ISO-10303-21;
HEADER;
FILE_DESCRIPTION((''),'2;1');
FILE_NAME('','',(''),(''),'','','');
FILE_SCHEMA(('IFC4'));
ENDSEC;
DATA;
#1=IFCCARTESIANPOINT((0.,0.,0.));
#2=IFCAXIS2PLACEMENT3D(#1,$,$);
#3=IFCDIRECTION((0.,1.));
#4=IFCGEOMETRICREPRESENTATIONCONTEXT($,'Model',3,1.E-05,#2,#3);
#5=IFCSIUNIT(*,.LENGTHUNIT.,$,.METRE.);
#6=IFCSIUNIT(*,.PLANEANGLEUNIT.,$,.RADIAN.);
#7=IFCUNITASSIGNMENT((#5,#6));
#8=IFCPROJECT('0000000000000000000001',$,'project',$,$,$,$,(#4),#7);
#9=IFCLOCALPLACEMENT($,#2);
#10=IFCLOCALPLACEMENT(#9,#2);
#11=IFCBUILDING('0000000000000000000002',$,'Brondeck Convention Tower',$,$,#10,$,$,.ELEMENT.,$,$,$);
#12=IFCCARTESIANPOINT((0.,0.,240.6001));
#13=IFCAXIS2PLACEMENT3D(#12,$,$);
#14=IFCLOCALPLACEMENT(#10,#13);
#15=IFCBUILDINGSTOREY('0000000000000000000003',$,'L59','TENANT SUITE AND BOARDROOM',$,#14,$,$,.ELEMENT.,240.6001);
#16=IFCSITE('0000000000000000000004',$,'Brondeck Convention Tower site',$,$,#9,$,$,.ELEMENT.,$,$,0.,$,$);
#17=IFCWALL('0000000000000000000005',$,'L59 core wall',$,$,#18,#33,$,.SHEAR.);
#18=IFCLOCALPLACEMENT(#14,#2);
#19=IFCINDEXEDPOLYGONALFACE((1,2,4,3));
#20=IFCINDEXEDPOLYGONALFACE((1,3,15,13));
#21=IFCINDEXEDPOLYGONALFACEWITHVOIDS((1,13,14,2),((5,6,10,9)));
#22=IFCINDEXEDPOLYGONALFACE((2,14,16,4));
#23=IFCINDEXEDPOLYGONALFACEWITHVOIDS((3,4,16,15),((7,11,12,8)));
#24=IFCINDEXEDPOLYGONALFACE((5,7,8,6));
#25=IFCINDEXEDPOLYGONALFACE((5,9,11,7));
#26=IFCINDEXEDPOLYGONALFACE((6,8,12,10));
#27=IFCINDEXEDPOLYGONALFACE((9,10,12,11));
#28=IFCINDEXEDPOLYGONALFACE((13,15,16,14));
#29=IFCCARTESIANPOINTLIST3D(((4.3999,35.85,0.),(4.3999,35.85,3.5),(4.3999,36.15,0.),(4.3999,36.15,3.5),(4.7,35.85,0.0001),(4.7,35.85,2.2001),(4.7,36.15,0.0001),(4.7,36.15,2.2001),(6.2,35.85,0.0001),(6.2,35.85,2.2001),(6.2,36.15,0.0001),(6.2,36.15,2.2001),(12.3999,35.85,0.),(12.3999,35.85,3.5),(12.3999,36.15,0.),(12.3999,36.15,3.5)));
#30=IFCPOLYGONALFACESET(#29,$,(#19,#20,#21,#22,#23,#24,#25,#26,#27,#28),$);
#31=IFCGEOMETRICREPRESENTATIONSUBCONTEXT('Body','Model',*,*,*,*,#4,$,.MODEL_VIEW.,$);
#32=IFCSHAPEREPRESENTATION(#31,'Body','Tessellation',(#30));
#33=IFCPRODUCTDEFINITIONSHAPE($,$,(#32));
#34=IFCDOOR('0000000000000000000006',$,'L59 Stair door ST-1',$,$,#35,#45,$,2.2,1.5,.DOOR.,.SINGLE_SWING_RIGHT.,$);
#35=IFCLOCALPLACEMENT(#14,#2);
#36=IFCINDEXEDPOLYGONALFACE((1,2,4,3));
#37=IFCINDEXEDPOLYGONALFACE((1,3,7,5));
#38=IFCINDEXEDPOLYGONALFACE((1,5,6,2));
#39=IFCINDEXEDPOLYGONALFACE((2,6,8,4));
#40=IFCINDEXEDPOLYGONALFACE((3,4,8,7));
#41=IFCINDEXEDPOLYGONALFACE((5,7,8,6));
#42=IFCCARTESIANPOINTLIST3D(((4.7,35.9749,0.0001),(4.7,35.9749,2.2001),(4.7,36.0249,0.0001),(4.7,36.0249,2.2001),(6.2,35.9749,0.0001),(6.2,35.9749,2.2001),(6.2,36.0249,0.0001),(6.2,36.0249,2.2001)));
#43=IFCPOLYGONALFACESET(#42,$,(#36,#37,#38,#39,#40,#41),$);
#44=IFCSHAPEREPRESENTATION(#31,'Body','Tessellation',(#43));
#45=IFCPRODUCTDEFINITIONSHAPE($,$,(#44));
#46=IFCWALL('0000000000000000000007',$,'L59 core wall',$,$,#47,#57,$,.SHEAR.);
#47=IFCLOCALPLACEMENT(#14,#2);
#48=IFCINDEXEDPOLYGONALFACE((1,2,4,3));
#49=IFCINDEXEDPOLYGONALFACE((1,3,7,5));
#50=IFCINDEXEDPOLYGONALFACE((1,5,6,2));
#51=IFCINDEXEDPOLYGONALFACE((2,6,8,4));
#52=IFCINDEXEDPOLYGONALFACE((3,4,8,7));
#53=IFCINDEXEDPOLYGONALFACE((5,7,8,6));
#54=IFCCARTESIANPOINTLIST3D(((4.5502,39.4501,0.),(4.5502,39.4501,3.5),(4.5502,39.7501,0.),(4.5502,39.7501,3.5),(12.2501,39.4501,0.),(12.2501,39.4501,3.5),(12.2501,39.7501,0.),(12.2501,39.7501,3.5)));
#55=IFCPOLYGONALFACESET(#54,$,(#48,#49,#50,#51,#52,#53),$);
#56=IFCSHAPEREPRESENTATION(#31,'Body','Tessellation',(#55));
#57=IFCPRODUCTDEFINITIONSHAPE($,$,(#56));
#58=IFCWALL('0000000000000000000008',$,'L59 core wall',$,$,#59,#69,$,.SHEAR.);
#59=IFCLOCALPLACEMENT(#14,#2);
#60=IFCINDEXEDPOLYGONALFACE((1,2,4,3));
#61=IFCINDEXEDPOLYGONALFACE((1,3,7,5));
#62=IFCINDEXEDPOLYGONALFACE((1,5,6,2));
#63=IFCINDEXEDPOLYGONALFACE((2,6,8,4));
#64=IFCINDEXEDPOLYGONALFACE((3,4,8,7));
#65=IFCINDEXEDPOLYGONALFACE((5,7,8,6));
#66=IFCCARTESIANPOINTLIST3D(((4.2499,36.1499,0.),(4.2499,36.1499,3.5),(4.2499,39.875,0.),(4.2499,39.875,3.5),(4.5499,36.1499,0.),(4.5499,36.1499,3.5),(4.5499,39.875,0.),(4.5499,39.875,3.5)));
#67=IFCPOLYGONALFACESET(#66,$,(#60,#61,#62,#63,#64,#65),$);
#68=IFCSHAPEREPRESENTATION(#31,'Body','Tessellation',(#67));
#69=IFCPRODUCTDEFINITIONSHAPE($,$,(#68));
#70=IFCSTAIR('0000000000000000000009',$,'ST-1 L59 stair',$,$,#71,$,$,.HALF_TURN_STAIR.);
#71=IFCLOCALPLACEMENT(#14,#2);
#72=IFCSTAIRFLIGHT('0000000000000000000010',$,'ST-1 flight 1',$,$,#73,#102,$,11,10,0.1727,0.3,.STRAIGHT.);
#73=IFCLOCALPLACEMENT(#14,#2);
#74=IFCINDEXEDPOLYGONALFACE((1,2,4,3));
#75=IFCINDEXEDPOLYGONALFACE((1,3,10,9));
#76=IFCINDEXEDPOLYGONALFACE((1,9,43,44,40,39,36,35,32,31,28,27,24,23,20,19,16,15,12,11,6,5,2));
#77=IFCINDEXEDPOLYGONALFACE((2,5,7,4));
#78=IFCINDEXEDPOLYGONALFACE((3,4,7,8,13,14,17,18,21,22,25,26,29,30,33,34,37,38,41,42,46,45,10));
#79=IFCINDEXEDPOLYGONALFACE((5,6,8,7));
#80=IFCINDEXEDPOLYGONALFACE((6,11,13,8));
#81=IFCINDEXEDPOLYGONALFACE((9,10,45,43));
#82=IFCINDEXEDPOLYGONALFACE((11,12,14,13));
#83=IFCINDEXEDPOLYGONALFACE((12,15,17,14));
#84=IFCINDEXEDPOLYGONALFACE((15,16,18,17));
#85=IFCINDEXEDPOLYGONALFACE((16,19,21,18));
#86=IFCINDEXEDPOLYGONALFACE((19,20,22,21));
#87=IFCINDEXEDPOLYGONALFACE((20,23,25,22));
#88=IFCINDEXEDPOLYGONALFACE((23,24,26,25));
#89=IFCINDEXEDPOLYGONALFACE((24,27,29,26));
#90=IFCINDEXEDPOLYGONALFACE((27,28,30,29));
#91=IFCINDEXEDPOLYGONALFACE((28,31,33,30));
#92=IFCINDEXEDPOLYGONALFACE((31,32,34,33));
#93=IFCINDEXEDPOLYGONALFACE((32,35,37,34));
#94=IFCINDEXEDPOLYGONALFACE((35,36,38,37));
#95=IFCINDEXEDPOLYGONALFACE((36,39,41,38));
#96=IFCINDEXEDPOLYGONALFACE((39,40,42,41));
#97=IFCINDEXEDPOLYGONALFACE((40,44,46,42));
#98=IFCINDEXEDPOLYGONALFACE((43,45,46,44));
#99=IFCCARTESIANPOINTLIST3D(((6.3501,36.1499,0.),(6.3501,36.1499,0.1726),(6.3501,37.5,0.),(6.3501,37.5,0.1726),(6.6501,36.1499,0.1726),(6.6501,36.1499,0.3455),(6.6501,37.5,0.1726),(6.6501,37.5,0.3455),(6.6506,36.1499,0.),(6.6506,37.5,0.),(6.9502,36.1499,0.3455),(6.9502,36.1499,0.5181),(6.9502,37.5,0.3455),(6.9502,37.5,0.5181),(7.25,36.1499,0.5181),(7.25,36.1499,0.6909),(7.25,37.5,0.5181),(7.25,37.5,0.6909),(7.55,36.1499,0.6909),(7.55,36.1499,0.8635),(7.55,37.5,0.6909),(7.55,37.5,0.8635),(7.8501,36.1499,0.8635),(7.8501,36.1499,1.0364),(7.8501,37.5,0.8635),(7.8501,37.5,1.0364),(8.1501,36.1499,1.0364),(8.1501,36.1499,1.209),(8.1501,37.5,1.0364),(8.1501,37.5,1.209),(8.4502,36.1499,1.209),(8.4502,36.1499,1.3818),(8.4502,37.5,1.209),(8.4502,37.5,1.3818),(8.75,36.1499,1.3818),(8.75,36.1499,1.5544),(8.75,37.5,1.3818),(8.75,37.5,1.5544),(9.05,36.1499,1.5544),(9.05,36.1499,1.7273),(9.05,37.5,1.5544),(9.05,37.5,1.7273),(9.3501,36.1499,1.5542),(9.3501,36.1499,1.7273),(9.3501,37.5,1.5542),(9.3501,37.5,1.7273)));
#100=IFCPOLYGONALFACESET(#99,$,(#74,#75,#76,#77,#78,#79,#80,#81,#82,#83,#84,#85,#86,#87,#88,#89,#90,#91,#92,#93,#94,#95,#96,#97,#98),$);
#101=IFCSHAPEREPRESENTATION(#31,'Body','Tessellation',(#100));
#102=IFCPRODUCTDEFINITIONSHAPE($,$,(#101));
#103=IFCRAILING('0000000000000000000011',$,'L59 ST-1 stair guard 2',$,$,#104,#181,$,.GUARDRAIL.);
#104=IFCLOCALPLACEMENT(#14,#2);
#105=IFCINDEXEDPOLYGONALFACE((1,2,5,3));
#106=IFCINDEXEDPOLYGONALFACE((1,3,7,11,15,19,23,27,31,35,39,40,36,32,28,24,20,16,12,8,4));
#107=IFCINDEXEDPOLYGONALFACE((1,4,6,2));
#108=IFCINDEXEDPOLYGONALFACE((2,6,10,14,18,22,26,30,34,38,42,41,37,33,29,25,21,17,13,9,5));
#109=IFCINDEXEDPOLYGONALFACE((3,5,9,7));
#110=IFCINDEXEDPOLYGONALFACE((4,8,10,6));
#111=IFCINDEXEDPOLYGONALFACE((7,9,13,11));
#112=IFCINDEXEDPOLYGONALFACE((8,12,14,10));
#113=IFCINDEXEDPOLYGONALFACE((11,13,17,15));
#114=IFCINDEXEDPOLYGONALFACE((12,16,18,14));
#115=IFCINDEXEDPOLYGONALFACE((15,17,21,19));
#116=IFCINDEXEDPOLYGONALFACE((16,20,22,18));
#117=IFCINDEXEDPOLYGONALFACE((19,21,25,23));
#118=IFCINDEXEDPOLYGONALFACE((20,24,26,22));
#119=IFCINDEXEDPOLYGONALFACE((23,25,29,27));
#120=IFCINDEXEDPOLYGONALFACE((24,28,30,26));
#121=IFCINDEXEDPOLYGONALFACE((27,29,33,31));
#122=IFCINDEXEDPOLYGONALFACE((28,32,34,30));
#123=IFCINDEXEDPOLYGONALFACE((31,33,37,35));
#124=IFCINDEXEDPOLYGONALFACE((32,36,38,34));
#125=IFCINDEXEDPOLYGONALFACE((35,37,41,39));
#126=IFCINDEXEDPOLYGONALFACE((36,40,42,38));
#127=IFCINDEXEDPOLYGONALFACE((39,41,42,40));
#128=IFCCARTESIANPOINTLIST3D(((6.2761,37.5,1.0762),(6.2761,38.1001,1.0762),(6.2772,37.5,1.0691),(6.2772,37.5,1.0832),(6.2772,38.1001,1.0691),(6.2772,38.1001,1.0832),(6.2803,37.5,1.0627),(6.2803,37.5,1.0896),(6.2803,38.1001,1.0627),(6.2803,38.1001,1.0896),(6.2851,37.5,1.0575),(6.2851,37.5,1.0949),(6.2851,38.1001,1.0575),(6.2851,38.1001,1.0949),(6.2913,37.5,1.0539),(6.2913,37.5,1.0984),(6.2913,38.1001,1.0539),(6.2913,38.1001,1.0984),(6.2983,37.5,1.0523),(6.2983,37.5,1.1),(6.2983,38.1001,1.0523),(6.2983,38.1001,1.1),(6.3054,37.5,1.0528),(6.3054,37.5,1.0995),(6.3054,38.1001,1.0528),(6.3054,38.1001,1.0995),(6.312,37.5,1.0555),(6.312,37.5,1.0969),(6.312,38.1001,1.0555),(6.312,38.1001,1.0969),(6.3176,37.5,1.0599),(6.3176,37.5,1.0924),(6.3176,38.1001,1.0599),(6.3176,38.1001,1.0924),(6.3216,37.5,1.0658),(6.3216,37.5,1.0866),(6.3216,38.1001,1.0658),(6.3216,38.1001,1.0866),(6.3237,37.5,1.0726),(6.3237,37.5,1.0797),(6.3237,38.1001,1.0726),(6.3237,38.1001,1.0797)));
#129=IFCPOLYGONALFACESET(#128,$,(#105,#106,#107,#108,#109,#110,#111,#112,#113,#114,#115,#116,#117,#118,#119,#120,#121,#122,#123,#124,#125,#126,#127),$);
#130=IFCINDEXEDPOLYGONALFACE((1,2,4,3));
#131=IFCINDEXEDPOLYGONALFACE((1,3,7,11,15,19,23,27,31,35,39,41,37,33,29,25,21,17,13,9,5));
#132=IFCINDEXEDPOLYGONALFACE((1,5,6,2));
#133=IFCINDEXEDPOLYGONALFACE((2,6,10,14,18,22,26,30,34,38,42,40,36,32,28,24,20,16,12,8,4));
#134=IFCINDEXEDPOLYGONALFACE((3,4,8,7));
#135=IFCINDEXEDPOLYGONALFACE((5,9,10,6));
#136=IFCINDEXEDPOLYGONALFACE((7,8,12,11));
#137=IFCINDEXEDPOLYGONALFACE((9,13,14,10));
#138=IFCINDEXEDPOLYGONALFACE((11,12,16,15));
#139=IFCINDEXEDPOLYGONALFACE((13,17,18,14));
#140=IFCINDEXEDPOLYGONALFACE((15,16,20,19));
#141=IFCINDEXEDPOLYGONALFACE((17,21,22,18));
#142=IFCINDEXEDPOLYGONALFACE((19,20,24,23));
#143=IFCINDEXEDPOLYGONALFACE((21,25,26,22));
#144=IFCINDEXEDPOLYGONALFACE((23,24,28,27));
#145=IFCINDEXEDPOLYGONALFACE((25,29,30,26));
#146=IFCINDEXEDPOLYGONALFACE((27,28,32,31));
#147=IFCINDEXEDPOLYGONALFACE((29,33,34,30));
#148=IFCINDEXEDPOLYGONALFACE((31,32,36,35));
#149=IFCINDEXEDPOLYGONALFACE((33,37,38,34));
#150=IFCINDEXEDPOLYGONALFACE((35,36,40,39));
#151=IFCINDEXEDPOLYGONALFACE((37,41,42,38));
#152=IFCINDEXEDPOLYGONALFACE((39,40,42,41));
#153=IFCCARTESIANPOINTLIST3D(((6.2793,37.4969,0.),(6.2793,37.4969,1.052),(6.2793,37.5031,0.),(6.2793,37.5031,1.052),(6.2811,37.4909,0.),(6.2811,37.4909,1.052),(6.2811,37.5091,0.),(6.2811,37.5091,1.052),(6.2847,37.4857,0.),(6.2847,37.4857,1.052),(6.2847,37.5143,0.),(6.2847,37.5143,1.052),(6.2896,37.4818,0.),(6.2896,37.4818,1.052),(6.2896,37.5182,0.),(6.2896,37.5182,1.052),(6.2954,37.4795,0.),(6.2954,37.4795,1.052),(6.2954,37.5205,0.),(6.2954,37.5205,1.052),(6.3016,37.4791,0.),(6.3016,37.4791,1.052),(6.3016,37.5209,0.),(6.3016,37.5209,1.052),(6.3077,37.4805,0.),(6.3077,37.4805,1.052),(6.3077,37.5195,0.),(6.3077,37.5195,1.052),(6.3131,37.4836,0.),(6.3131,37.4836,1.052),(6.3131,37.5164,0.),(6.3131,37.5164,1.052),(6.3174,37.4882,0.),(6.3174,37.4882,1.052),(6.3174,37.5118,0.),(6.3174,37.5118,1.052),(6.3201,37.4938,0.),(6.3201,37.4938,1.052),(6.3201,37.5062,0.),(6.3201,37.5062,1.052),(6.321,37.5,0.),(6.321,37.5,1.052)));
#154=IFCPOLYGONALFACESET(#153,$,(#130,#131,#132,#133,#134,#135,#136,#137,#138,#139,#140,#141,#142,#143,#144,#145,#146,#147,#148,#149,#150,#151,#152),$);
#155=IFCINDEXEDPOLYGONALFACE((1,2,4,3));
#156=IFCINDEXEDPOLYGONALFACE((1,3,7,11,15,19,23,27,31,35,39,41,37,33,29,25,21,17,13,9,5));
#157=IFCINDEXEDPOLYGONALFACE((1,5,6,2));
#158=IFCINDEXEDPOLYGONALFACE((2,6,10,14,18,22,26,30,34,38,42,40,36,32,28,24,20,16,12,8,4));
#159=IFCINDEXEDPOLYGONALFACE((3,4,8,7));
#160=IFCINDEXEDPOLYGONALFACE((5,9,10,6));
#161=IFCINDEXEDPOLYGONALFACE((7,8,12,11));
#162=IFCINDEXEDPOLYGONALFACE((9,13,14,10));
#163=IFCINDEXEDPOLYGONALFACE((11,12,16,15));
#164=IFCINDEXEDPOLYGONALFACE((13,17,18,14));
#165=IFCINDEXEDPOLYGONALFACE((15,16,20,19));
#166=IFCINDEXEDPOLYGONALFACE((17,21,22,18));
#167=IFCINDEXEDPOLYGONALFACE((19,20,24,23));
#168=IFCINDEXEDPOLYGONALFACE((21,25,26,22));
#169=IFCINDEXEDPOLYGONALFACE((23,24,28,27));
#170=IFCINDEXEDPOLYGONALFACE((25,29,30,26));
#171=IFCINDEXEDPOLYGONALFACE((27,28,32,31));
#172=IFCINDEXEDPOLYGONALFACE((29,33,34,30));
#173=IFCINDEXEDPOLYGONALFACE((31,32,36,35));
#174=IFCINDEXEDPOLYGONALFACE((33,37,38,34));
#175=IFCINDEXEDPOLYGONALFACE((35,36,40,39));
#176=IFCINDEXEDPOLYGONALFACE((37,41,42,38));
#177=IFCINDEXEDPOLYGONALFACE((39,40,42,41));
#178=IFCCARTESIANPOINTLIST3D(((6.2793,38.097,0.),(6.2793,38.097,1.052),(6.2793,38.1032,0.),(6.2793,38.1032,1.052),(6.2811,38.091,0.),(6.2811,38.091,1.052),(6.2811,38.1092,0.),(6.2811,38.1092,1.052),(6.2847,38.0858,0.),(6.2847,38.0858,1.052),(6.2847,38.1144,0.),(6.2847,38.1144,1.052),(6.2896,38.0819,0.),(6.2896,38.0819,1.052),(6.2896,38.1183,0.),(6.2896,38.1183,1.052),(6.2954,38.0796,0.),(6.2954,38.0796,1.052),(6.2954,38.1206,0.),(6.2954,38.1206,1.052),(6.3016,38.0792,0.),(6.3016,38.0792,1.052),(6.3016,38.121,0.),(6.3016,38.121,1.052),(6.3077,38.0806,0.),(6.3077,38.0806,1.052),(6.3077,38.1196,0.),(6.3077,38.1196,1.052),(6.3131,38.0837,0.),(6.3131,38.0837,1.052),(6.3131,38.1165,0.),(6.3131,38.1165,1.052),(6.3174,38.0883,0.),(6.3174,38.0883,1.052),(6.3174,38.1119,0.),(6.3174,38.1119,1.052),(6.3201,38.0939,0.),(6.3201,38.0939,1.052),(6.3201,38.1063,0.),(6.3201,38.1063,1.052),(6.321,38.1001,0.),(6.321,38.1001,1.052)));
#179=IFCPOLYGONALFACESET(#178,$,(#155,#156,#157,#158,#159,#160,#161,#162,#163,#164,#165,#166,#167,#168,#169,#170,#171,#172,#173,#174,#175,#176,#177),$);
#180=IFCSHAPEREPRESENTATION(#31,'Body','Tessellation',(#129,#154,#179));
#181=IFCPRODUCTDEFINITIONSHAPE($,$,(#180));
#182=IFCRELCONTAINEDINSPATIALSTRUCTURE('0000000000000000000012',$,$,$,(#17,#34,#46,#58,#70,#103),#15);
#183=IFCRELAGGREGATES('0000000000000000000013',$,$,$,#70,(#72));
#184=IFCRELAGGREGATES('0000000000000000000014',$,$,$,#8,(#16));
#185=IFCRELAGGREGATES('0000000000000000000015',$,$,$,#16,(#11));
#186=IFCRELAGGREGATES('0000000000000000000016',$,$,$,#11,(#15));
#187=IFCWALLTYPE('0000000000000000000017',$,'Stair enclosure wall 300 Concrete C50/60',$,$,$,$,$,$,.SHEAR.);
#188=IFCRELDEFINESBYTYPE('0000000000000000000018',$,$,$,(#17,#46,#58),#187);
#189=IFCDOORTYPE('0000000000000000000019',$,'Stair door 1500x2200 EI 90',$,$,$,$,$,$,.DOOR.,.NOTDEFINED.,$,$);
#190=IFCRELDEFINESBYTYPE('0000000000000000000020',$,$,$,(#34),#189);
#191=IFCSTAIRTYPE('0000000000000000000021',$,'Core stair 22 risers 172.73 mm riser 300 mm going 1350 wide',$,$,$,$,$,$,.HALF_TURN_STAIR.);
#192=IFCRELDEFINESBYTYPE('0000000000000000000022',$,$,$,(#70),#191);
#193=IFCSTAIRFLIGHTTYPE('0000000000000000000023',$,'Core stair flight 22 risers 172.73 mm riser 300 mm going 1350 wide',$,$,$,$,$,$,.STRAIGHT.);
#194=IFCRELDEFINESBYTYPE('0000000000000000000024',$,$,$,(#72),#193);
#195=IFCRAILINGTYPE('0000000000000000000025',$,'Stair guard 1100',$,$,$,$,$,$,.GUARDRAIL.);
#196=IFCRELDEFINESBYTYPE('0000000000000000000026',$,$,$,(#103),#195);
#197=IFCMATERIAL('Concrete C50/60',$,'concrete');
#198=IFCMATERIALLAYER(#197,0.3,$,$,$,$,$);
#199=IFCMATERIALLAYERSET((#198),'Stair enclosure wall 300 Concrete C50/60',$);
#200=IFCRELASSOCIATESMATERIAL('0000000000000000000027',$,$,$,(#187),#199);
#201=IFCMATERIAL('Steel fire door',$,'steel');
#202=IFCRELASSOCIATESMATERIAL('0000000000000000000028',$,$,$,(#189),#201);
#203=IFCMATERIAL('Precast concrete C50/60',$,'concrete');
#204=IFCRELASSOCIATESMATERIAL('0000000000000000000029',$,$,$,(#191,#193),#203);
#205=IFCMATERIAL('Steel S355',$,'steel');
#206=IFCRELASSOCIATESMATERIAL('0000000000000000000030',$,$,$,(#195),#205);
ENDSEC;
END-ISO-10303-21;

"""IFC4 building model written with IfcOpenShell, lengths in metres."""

from ifc_helpers import new_model, si_unit, direction, frame, frame_2d, origin, origin_2d, place, context, subcontext, project, spatial, polyline, rectangle, circle, outline, extrude, material, layer, layer_set, type_object, element, fill, aggregate, save


model = new_model("IFC4")

# Units and contexts
model_context = context("Model", 3, precision=1e-05, world=origin(), true_north=direction((0.0, 1.0)))
body_context = subcontext(model_context, "Body", "Model", "MODEL_VIEW")
ifc_project = project(units=[si_unit("LENGTHUNIT", "METRE"), si_unit("PLANEANGLEUNIT", "RADIAN")], contexts=[model_context])

# Site, building, storey
site_placement = place(None, origin())
site = spatial("IfcSite", under=ifc_project, at=site_placement, Name="Brondeck Convention Tower site", CompositionType="ELEMENT", RefElevation=0.0)
building_placement = place(site_placement, origin())
building = spatial("IfcBuilding", under=site, at=building_placement, Name="Brondeck Convention Tower", CompositionType="ELEMENT")
storey_placement = place(building_placement, frame((0.0, 0.0, 240.6001)))
storey = spatial("IfcBuildingStorey", under=building, at=storey_placement, Name="L59", Description="TENANT SUITE AND BOARDROOM", CompositionType="ELEMENT", Elevation=240.6001)

# Shared definitions
ifc_material_1 = material(Name="Concrete C50/60", Category="concrete")

# Shared definitions
ifc_material_2 = material(Name="Steel fire door", Category="steel")

# Wall, opening, door
ifc_layer_1 = layer(ifc_material_1, 0.3)
ifc_layer_set_1 = layer_set([ifc_layer_1], Name="Stair enclosure wall 300 Concrete C50/60")
wall_type_1 = type_object("IfcWallType", Name="Stair enclosure wall 300 Concrete C50/60", PredefinedType="SHEAR", material=ifc_layer_set_1)
wall_1_placement = place(storey_placement, frame((4.3999, 36.0, 0.0), z_axis=(0.0, 0.0, 1.0), x_axis=(1.0, 0.0, 0.0)))
wall_1 = element("IfcWall", 1, at=wall_1_placement, inside=storey, type_object=wall_type_1, Name="L59 core wall", PredefinedType="SHEAR", context=body_context, shape_type="SweptSolid", body=[
    extrude(rectangle(XDim=8.0, YDim=0.3, at=frame_2d((4.0, 0.0))), origin(), (0.0, 0.0, 1.0), 3.5),
])
opening_1_placement = place(wall_1_placement, frame((0.3, 0.0, 0.0)))
opening_1 = element("IfcOpeningElement", 2, at=opening_1_placement, cuts=wall_1, PredefinedType="OPENING", context=body_context, shape_type="SweptSolid", body=[
    extrude(rectangle(XDim=1.5, YDim=2.2, at=frame_2d((0.75, 1.1001))), frame((0.0, 0.1599, 0.0), z_axis=(0.0, -1.0, 0.0), x_axis=(1.0, 0.0, 0.0)), (0.0, 0.0, 1.0), 0.3201),
])
door_type_1 = type_object("IfcDoorType", Name="Stair door 1500x2200 EI 90", OperationType="NOTDEFINED", PredefinedType="DOOR", material=ifc_material_2)
door_1_placement = place(opening_1_placement, origin())
door_1 = element("IfcDoor", 3, at=door_1_placement, inside=storey, type_object=door_type_1, Name="L59 Stair door ST-1", OperationType="SINGLE_SWING_RIGHT", OverallHeight=2.2, OverallWidth=1.5, PredefinedType="DOOR", context=body_context, shape_type="SweptSolid", body=[
    extrude(rectangle(XDim=1.5, YDim=2.2, at=frame_2d((0.75, 1.1001))), frame((0.0, 0.0249, 0.0), z_axis=(0.0, -1.0, 0.0), x_axis=(1.0, 0.0, 0.0)), (0.0, 0.0, 1.0), 0.05),
])
fill(opening_1, door_1)

# Walls
wall_2_placement = place(storey_placement, frame((4.55, 39.6001, 0.0), z_axis=(0.0, 0.0, 1.0), x_axis=(1.0, 0.0, 0.0)))
element("IfcWall", 4, at=wall_2_placement, inside=storey, type_object=wall_type_1, Name="L59 core wall", PredefinedType="SHEAR", context=body_context, shape_type="SweptSolid", body=[
    extrude(rectangle(XDim=7.7, YDim=0.3, at=frame_2d((3.8501, 0.0))), origin(), (0.0, 0.0, 1.0), 3.5),
])
wall_3_placement = place(storey_placement, frame((4.3999, 36.1499, 0.0), z_axis=(0.0, 0.0, 1.0), x_axis=(0.0, 1.0, 0.0)))
element("IfcWall", 5, at=wall_3_placement, inside=storey, type_object=wall_type_1, Name="L59 core wall", PredefinedType="SHEAR", context=body_context, shape_type="SweptSolid", body=[
    extrude(rectangle(XDim=3.7251, YDim=0.3, at=frame_2d((1.8625, 0.0))), origin(), (0.0, 0.0, 1.0), 3.5),
])

# Stair, stair flight
ifc_material_3 = material(Name="Precast concrete C50/60", Category="concrete")
stair_type = type_object("IfcStairType", Name="Core stair 22 risers 172.73 mm riser 300 mm going 1350 wide", PredefinedType="HALF_TURN_STAIR", material=ifc_material_3)
stair_placement = place(storey_placement, origin())
stair = element("IfcStair", 6, at=stair_placement, inside=storey, type_object=stair_type, Name="ST-1 L59 stair", PredefinedType="HALF_TURN_STAIR")
stair_flight_type = type_object("IfcStairFlightType", Name="Core stair flight 22 risers 172.73 mm riser 300 mm going 1350 wide", PredefinedType="STRAIGHT", material=ifc_material_3)
stair_flight_placement = place(storey_placement, frame((6.3501, 36.825, 0.0), z_axis=(0.0, 0.0, 1.0), x_axis=(1.0, 0.0, 0.0)))
stair_flight = element("IfcStairFlight", 7, at=stair_flight_placement, type_object=stair_flight_type, Name="ST-1 flight 1", NumberOfRisers=11, NumberOfTreads=10, PredefinedType="STRAIGHT", RiserHeight=0.1727, TreadLength=0.3, context=body_context, shape_type="SweptSolid", body=[
    extrude(outline(polyline([(0.0, 0.0), (0.0, 0.1726), (0.3, 0.1726), (0.3, 0.3455), (0.6001, 0.3455), (0.6001, 0.5181), (0.8999, 0.5181), (0.8999, 0.6909), (1.2, 0.6909), (1.2, 0.8635), (1.5, 0.8635), (1.5, 1.0364), (1.8, 1.0364), (1.8, 1.209), (2.1001, 1.209), (2.1001, 1.3818), (2.3999, 1.3818), (2.3999, 1.5544), (2.7, 1.5544), (2.7, 1.7273), (3.0, 1.7273), (3.0, 1.8999), (3.0, 1.5542), (0.3005, 0.0), (0.0, 0.0)])), frame((0.0, 0.675, 0.0), z_axis=(0.0, -1.0, 0.0), x_axis=(1.0, 0.0, 0.0)), (0.0, 0.0, 1.0), 1.3501),
])
aggregate(stair, [stair_flight])

# Railing
ifc_material_4 = material(Name="Steel S355", Category="steel")
railing_type_1 = type_object("IfcRailingType", Name="Stair guard 1100", PredefinedType="GUARDRAIL", material=ifc_material_4)
railing_1_placement = place(storey_placement, frame((6.3, 37.5, 0.0)))
element("IfcRailing", 8, at=railing_1_placement, inside=storey, type_object=railing_type_1, Name="L59 ST-1 stair guard 2", PredefinedType="GUARDRAIL", context=body_context, shape_type="SweptSolid", body=[
    extrude(circle(Radius=0.0239, at=origin_2d()), frame((0.0, 0.0, 1.0762), z_axis=(0.0, 1.0, 0.0), x_axis=(-1.0, 0.0, 0.0)), (0.0, 0.0, 1.0), 0.6001),
    extrude(circle(Radius=0.021, at=origin_2d()), origin(), (0.0, 0.0, 1.0), 1.052),
    extrude(circle(Radius=0.021, at=origin_2d()), frame((0.0, 0.6001, 0.0)), (0.0, 0.0, 1.0), 1.052),
])

save(model, "model.ifc")
